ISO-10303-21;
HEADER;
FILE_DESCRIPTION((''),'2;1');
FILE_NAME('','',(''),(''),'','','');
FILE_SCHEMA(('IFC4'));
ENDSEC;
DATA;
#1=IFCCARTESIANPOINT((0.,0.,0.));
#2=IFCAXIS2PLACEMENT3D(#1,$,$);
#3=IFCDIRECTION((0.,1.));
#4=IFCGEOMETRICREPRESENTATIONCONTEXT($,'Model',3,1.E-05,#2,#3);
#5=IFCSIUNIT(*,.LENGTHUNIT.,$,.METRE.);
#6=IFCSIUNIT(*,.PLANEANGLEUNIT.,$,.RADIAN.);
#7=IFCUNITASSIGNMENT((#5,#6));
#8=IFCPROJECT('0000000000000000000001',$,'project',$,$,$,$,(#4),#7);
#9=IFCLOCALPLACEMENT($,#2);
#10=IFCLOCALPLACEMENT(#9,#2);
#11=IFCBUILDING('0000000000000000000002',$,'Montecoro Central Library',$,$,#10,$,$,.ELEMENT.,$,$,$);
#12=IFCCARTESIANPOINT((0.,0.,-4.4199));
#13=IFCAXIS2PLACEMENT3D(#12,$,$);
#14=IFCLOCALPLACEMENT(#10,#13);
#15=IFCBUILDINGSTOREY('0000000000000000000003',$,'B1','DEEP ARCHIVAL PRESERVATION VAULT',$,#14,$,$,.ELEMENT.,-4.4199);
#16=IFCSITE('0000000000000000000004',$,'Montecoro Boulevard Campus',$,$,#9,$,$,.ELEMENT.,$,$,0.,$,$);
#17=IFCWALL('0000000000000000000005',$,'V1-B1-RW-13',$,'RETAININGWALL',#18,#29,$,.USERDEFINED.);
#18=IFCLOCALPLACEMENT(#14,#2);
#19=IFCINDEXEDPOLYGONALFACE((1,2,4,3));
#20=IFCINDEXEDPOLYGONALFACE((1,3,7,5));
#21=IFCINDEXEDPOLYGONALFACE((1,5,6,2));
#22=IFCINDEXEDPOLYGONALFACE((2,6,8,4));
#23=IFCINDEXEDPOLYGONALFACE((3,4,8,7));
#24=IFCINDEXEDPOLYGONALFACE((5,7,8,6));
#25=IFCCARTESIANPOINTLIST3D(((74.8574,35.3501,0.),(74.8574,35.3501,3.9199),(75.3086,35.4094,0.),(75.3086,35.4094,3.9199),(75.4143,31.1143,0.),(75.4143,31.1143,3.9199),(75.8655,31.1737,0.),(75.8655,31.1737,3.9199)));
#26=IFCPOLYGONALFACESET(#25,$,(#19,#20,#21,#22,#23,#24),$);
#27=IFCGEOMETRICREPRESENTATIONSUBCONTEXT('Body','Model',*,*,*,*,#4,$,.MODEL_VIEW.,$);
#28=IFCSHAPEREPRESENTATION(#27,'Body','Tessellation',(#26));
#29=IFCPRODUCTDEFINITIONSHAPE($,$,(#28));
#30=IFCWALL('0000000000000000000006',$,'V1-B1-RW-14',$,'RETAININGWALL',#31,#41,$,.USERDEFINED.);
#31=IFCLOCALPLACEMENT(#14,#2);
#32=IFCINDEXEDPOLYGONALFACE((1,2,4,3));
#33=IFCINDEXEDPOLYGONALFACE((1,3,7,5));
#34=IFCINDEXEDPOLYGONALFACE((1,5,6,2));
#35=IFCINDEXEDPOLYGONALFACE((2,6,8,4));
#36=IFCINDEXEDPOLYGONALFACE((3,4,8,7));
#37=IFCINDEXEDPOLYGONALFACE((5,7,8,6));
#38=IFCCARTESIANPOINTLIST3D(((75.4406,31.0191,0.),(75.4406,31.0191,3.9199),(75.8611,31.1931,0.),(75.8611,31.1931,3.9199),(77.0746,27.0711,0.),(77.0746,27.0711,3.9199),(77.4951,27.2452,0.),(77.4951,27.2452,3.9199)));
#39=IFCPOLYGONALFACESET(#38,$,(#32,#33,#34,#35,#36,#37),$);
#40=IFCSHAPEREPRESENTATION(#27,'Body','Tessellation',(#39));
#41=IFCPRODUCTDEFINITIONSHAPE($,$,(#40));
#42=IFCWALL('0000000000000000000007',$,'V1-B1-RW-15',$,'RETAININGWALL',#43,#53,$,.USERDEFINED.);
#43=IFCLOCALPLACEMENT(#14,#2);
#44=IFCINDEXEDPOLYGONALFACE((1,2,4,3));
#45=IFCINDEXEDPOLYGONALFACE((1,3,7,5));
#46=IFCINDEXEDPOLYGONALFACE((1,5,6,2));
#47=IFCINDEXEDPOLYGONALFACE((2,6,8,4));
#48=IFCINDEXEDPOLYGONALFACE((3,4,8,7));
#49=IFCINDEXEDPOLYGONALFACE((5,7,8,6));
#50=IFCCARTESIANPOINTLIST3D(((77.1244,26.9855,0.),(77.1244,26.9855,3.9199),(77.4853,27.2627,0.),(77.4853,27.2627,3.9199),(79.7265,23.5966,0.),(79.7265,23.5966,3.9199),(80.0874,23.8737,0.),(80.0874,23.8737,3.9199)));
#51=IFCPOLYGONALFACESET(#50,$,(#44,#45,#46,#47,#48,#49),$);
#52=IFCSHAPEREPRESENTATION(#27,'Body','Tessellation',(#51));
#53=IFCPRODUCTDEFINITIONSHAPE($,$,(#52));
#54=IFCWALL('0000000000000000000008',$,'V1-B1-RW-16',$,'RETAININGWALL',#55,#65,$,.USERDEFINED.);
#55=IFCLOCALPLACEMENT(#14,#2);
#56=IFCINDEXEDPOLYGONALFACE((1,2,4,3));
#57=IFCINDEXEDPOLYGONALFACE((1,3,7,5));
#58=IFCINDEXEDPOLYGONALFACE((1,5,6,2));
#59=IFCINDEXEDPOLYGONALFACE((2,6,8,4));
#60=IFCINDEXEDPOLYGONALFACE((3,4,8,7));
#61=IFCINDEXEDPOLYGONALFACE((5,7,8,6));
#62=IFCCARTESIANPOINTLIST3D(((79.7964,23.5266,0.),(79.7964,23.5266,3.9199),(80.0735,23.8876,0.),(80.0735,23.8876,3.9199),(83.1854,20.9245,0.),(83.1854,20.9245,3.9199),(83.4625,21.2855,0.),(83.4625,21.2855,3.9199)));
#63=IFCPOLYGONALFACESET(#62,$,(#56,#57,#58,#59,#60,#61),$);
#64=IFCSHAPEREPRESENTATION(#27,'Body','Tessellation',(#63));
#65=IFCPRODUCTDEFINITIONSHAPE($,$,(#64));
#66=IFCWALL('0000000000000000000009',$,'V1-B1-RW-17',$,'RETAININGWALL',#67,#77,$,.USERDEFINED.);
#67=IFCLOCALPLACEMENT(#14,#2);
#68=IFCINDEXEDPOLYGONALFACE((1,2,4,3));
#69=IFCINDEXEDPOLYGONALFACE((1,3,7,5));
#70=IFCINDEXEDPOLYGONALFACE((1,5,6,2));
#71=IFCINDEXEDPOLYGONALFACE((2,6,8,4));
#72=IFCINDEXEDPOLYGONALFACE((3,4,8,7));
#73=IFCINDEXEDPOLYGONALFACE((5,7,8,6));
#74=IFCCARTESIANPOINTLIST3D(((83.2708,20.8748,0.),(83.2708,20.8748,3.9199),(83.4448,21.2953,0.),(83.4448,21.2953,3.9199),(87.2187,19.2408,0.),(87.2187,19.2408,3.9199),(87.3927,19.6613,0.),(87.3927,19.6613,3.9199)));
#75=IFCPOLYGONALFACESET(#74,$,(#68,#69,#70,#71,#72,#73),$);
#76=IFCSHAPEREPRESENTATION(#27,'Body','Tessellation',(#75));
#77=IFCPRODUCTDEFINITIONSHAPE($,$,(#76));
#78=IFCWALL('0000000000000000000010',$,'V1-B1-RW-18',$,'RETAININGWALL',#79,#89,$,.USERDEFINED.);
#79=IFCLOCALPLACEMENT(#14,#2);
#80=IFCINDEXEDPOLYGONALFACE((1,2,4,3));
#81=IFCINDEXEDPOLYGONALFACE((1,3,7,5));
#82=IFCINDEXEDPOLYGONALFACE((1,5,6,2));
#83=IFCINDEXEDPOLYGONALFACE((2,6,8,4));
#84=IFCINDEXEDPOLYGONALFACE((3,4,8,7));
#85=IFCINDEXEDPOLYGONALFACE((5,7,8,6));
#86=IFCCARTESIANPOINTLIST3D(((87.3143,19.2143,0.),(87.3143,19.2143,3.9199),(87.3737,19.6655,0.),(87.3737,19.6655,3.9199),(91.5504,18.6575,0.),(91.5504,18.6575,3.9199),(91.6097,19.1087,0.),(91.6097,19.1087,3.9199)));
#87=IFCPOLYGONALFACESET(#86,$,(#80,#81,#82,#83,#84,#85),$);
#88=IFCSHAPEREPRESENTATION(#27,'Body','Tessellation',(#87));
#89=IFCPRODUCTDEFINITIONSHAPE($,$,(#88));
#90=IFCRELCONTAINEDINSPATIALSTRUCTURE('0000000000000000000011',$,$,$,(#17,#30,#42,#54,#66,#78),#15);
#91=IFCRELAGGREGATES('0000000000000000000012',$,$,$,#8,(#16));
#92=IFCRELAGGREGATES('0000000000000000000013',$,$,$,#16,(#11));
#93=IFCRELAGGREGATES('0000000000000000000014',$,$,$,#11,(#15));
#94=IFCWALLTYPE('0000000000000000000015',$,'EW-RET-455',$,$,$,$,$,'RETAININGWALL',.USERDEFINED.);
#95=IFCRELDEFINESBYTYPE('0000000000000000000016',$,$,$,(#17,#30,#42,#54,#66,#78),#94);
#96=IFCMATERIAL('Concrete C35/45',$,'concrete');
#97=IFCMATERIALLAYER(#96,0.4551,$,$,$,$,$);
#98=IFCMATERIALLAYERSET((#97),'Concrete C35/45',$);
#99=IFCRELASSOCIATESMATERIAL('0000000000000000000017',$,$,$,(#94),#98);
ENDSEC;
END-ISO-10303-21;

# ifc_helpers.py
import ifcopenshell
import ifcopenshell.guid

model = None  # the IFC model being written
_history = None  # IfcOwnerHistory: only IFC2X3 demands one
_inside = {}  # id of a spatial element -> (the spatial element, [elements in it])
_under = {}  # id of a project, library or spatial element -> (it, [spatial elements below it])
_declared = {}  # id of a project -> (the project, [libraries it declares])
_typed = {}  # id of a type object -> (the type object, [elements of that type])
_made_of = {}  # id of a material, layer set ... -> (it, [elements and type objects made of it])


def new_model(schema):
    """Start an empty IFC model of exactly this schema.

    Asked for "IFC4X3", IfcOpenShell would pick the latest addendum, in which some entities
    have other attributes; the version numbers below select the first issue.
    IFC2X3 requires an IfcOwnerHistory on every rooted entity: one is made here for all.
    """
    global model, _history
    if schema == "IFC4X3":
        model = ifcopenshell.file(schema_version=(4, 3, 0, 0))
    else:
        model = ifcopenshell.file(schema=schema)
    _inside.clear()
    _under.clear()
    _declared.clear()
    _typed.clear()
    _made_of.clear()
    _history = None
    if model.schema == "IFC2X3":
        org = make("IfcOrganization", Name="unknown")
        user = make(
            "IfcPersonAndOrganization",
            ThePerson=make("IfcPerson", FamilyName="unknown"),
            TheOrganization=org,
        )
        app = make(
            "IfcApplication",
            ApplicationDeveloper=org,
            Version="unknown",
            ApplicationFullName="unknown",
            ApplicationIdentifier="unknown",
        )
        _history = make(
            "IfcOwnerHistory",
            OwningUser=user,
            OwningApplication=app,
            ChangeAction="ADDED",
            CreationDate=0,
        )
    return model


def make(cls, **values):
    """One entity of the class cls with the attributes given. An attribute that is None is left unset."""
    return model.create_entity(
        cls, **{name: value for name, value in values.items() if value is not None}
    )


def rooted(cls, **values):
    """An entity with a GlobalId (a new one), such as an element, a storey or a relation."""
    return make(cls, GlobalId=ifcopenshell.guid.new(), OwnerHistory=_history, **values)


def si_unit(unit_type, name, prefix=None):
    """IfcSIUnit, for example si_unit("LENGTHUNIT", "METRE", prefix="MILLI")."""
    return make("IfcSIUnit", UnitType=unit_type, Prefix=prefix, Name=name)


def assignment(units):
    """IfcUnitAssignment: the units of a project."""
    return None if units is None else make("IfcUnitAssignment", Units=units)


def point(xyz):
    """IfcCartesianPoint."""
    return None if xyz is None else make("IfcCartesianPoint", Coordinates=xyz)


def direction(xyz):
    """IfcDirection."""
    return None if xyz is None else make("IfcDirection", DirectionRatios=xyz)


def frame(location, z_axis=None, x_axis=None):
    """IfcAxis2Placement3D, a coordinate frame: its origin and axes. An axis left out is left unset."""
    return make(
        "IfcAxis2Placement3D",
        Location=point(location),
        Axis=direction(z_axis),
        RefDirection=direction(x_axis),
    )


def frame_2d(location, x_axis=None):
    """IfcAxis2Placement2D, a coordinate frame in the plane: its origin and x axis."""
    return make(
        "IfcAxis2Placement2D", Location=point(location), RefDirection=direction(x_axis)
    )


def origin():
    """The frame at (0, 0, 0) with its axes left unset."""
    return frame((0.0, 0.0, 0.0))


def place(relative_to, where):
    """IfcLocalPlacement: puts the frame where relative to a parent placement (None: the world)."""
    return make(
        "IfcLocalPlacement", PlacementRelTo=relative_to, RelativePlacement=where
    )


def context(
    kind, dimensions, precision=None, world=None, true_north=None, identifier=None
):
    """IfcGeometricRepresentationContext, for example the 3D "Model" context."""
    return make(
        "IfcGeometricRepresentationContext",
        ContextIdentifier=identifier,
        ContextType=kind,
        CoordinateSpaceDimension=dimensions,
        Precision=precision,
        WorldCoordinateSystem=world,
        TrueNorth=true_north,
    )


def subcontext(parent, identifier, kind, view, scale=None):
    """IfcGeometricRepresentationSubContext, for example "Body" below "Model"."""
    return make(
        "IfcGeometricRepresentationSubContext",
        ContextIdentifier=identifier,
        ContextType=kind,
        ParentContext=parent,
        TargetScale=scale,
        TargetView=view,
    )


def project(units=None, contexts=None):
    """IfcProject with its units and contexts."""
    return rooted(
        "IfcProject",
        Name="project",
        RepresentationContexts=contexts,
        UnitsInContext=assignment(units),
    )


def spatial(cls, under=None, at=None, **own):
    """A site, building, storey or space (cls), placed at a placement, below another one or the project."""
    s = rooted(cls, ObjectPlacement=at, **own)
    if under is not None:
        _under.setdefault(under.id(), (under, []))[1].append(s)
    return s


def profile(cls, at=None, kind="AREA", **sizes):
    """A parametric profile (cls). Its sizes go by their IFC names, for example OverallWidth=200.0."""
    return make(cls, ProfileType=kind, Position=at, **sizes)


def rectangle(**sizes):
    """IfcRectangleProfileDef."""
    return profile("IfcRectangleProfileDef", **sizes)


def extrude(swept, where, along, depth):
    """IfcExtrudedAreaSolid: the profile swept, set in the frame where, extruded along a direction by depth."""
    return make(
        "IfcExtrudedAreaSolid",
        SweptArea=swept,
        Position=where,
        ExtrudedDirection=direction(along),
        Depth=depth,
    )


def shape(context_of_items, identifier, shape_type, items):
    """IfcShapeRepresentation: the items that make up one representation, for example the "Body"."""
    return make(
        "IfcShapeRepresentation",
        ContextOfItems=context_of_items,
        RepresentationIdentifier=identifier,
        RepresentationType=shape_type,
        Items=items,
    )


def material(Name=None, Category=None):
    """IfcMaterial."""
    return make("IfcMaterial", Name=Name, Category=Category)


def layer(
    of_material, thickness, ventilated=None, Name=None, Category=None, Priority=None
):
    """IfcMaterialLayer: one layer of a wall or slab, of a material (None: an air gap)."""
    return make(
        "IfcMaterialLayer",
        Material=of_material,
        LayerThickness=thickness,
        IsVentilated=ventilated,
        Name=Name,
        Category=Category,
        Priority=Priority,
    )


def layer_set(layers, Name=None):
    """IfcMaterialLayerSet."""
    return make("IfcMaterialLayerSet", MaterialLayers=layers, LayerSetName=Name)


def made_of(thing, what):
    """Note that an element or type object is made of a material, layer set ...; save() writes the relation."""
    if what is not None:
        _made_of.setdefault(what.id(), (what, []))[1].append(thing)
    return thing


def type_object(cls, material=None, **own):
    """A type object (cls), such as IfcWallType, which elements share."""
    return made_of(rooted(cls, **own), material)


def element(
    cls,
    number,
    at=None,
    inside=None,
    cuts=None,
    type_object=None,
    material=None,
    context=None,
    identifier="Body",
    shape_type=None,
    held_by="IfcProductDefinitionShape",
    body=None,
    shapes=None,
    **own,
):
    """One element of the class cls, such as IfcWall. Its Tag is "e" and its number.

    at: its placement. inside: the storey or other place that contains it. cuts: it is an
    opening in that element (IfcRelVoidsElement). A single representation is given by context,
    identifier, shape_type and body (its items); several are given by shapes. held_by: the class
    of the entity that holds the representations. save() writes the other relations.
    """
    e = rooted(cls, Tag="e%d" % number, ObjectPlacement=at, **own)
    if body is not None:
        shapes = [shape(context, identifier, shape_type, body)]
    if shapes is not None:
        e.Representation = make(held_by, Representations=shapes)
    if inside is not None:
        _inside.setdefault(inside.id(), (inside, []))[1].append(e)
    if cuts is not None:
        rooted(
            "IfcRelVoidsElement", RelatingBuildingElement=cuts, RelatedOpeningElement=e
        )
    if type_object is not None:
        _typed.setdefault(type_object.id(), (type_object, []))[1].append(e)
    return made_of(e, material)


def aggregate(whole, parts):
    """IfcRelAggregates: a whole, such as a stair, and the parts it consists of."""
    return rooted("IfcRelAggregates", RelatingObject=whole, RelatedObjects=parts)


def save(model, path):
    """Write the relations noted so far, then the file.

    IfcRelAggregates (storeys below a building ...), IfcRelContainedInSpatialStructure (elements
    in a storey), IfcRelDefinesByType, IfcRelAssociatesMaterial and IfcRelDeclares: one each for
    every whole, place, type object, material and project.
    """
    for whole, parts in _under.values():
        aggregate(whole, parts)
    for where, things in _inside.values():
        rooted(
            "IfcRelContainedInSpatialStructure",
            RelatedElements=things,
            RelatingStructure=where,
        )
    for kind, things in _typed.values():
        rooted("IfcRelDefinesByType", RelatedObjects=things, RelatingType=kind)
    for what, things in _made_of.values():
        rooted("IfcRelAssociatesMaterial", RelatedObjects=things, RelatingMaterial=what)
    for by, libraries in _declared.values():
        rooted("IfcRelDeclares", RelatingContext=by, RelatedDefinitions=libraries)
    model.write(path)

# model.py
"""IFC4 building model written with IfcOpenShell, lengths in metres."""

from ifc_helpers import new_model, si_unit, direction, frame, frame_2d, origin, place, context, subcontext, project, spatial, rectangle, extrude, material, layer, layer_set, type_object, element, save


model = new_model("IFC4")

# Units and contexts
model_context = context("Model", 3, precision=1e-05, world=origin(), true_north=direction((0.0, 1.0)))
body_context = subcontext(model_context, "Body", "Model", "MODEL_VIEW")
ifc_project = project(units=[si_unit("LENGTHUNIT", "METRE"), si_unit("PLANEANGLEUNIT", "RADIAN")], contexts=[model_context])

# Site, building, storey
site_placement = place(None, origin())
site = spatial("IfcSite", under=ifc_project, at=site_placement, Name="Montecoro Boulevard Campus", CompositionType="ELEMENT", RefElevation=0.0)
building_placement = place(site_placement, origin())
building = spatial("IfcBuilding", under=site, at=building_placement, Name="Montecoro Central Library", CompositionType="ELEMENT")
storey_placement = place(building_placement, frame((0.0, 0.0, -4.4199)))
storey = spatial("IfcBuildingStorey", under=building, at=storey_placement, Name="B1", Description="DEEP ARCHIVAL PRESERVATION VAULT", CompositionType="ELEMENT", Elevation=-4.4199)

# Shared definitions
ifc_material_1 = material(Name="Concrete C35/45", Category="concrete")

# Walls
ifc_layer = layer(ifc_material_1, 0.4551)
ifc_layer_set = layer_set([ifc_layer], Name="Concrete C35/45")
wall_type = type_object("IfcWallType", Name="EW-RET-455", ElementType="RETAININGWALL", PredefinedType="USERDEFINED", material=ifc_layer_set)
wall_1_placement = place(storey_placement, frame((75.083, 35.3799, 0.0), z_axis=(0.0, 0.0, 1.0), x_axis=(0.130348, -0.991468, 0.0)))
element("IfcWall", 1, at=wall_1_placement, inside=storey, type_object=wall_type, Name="V1-B1-RW-13", ObjectType="RETAININGWALL", PredefinedType="USERDEFINED", context=body_context, shape_type="SweptSolid", body=[
    extrude(rectangle(XDim=4.2722, YDim=0.4551, at=frame_2d((2.1362, 0.0))), origin(), (0.0, 0.0, 1.0), 3.9199),
])
for number, where, z_axis, x_axis, name in (
    (2, (75.6509, 31.106, 0.0), (0.0, 0.0, 1.0), (0.382427, -0.923986, 0.0), "V1-B1-RW-14"),
    (3, (77.3049, 27.124, 0.0), (0.0, 0.0, 1.0), (0.609004, -0.793167, 0.0), "V1-B1-RW-15"),
    (4, (79.9351, 23.707, 0.0), (0.0, 0.0, 1.0), (0.793167, -0.609004, 0.0), "V1-B1-RW-16"),
    (5, (83.3579, 21.085, 0.0), (0.0, 0.0, 1.0), (0.923986, -0.382427, 0.0), "V1-B1-RW-17"),
):
    element("IfcWall", number, at=place(storey_placement, frame(where, z_axis=z_axis, x_axis=x_axis)), inside=storey, type_object=wall_type, Name=name, ObjectType="RETAININGWALL", PredefinedType="USERDEFINED", context=body_context, shape_type="SweptSolid", body=[
        extrude(rectangle(XDim=4.2727, YDim=0.4551, at=frame_2d((2.1362, 0.0))), origin(), (0.0, 0.0, 1.0), 3.9199),
    ])
wall_2_placement = place(storey_placement, frame((87.344, 19.4399, 0.0), z_axis=(0.0, 0.0, 1.0), x_axis=(0.991469, -0.130341, 0.0)))
element("IfcWall", 6, at=wall_2_placement, inside=storey, type_object=wall_type, Name="V1-B1-RW-18", ObjectType="RETAININGWALL", PredefinedType="USERDEFINED", context=body_context, shape_type="SweptSolid", body=[
    extrude(rectangle(XDim=4.2725, YDim=0.4551, at=frame_2d((2.1362, 0.0))), origin(), (0.0, 0.0, 1.0), 3.9199),
])

save(model, "model.ifc")
